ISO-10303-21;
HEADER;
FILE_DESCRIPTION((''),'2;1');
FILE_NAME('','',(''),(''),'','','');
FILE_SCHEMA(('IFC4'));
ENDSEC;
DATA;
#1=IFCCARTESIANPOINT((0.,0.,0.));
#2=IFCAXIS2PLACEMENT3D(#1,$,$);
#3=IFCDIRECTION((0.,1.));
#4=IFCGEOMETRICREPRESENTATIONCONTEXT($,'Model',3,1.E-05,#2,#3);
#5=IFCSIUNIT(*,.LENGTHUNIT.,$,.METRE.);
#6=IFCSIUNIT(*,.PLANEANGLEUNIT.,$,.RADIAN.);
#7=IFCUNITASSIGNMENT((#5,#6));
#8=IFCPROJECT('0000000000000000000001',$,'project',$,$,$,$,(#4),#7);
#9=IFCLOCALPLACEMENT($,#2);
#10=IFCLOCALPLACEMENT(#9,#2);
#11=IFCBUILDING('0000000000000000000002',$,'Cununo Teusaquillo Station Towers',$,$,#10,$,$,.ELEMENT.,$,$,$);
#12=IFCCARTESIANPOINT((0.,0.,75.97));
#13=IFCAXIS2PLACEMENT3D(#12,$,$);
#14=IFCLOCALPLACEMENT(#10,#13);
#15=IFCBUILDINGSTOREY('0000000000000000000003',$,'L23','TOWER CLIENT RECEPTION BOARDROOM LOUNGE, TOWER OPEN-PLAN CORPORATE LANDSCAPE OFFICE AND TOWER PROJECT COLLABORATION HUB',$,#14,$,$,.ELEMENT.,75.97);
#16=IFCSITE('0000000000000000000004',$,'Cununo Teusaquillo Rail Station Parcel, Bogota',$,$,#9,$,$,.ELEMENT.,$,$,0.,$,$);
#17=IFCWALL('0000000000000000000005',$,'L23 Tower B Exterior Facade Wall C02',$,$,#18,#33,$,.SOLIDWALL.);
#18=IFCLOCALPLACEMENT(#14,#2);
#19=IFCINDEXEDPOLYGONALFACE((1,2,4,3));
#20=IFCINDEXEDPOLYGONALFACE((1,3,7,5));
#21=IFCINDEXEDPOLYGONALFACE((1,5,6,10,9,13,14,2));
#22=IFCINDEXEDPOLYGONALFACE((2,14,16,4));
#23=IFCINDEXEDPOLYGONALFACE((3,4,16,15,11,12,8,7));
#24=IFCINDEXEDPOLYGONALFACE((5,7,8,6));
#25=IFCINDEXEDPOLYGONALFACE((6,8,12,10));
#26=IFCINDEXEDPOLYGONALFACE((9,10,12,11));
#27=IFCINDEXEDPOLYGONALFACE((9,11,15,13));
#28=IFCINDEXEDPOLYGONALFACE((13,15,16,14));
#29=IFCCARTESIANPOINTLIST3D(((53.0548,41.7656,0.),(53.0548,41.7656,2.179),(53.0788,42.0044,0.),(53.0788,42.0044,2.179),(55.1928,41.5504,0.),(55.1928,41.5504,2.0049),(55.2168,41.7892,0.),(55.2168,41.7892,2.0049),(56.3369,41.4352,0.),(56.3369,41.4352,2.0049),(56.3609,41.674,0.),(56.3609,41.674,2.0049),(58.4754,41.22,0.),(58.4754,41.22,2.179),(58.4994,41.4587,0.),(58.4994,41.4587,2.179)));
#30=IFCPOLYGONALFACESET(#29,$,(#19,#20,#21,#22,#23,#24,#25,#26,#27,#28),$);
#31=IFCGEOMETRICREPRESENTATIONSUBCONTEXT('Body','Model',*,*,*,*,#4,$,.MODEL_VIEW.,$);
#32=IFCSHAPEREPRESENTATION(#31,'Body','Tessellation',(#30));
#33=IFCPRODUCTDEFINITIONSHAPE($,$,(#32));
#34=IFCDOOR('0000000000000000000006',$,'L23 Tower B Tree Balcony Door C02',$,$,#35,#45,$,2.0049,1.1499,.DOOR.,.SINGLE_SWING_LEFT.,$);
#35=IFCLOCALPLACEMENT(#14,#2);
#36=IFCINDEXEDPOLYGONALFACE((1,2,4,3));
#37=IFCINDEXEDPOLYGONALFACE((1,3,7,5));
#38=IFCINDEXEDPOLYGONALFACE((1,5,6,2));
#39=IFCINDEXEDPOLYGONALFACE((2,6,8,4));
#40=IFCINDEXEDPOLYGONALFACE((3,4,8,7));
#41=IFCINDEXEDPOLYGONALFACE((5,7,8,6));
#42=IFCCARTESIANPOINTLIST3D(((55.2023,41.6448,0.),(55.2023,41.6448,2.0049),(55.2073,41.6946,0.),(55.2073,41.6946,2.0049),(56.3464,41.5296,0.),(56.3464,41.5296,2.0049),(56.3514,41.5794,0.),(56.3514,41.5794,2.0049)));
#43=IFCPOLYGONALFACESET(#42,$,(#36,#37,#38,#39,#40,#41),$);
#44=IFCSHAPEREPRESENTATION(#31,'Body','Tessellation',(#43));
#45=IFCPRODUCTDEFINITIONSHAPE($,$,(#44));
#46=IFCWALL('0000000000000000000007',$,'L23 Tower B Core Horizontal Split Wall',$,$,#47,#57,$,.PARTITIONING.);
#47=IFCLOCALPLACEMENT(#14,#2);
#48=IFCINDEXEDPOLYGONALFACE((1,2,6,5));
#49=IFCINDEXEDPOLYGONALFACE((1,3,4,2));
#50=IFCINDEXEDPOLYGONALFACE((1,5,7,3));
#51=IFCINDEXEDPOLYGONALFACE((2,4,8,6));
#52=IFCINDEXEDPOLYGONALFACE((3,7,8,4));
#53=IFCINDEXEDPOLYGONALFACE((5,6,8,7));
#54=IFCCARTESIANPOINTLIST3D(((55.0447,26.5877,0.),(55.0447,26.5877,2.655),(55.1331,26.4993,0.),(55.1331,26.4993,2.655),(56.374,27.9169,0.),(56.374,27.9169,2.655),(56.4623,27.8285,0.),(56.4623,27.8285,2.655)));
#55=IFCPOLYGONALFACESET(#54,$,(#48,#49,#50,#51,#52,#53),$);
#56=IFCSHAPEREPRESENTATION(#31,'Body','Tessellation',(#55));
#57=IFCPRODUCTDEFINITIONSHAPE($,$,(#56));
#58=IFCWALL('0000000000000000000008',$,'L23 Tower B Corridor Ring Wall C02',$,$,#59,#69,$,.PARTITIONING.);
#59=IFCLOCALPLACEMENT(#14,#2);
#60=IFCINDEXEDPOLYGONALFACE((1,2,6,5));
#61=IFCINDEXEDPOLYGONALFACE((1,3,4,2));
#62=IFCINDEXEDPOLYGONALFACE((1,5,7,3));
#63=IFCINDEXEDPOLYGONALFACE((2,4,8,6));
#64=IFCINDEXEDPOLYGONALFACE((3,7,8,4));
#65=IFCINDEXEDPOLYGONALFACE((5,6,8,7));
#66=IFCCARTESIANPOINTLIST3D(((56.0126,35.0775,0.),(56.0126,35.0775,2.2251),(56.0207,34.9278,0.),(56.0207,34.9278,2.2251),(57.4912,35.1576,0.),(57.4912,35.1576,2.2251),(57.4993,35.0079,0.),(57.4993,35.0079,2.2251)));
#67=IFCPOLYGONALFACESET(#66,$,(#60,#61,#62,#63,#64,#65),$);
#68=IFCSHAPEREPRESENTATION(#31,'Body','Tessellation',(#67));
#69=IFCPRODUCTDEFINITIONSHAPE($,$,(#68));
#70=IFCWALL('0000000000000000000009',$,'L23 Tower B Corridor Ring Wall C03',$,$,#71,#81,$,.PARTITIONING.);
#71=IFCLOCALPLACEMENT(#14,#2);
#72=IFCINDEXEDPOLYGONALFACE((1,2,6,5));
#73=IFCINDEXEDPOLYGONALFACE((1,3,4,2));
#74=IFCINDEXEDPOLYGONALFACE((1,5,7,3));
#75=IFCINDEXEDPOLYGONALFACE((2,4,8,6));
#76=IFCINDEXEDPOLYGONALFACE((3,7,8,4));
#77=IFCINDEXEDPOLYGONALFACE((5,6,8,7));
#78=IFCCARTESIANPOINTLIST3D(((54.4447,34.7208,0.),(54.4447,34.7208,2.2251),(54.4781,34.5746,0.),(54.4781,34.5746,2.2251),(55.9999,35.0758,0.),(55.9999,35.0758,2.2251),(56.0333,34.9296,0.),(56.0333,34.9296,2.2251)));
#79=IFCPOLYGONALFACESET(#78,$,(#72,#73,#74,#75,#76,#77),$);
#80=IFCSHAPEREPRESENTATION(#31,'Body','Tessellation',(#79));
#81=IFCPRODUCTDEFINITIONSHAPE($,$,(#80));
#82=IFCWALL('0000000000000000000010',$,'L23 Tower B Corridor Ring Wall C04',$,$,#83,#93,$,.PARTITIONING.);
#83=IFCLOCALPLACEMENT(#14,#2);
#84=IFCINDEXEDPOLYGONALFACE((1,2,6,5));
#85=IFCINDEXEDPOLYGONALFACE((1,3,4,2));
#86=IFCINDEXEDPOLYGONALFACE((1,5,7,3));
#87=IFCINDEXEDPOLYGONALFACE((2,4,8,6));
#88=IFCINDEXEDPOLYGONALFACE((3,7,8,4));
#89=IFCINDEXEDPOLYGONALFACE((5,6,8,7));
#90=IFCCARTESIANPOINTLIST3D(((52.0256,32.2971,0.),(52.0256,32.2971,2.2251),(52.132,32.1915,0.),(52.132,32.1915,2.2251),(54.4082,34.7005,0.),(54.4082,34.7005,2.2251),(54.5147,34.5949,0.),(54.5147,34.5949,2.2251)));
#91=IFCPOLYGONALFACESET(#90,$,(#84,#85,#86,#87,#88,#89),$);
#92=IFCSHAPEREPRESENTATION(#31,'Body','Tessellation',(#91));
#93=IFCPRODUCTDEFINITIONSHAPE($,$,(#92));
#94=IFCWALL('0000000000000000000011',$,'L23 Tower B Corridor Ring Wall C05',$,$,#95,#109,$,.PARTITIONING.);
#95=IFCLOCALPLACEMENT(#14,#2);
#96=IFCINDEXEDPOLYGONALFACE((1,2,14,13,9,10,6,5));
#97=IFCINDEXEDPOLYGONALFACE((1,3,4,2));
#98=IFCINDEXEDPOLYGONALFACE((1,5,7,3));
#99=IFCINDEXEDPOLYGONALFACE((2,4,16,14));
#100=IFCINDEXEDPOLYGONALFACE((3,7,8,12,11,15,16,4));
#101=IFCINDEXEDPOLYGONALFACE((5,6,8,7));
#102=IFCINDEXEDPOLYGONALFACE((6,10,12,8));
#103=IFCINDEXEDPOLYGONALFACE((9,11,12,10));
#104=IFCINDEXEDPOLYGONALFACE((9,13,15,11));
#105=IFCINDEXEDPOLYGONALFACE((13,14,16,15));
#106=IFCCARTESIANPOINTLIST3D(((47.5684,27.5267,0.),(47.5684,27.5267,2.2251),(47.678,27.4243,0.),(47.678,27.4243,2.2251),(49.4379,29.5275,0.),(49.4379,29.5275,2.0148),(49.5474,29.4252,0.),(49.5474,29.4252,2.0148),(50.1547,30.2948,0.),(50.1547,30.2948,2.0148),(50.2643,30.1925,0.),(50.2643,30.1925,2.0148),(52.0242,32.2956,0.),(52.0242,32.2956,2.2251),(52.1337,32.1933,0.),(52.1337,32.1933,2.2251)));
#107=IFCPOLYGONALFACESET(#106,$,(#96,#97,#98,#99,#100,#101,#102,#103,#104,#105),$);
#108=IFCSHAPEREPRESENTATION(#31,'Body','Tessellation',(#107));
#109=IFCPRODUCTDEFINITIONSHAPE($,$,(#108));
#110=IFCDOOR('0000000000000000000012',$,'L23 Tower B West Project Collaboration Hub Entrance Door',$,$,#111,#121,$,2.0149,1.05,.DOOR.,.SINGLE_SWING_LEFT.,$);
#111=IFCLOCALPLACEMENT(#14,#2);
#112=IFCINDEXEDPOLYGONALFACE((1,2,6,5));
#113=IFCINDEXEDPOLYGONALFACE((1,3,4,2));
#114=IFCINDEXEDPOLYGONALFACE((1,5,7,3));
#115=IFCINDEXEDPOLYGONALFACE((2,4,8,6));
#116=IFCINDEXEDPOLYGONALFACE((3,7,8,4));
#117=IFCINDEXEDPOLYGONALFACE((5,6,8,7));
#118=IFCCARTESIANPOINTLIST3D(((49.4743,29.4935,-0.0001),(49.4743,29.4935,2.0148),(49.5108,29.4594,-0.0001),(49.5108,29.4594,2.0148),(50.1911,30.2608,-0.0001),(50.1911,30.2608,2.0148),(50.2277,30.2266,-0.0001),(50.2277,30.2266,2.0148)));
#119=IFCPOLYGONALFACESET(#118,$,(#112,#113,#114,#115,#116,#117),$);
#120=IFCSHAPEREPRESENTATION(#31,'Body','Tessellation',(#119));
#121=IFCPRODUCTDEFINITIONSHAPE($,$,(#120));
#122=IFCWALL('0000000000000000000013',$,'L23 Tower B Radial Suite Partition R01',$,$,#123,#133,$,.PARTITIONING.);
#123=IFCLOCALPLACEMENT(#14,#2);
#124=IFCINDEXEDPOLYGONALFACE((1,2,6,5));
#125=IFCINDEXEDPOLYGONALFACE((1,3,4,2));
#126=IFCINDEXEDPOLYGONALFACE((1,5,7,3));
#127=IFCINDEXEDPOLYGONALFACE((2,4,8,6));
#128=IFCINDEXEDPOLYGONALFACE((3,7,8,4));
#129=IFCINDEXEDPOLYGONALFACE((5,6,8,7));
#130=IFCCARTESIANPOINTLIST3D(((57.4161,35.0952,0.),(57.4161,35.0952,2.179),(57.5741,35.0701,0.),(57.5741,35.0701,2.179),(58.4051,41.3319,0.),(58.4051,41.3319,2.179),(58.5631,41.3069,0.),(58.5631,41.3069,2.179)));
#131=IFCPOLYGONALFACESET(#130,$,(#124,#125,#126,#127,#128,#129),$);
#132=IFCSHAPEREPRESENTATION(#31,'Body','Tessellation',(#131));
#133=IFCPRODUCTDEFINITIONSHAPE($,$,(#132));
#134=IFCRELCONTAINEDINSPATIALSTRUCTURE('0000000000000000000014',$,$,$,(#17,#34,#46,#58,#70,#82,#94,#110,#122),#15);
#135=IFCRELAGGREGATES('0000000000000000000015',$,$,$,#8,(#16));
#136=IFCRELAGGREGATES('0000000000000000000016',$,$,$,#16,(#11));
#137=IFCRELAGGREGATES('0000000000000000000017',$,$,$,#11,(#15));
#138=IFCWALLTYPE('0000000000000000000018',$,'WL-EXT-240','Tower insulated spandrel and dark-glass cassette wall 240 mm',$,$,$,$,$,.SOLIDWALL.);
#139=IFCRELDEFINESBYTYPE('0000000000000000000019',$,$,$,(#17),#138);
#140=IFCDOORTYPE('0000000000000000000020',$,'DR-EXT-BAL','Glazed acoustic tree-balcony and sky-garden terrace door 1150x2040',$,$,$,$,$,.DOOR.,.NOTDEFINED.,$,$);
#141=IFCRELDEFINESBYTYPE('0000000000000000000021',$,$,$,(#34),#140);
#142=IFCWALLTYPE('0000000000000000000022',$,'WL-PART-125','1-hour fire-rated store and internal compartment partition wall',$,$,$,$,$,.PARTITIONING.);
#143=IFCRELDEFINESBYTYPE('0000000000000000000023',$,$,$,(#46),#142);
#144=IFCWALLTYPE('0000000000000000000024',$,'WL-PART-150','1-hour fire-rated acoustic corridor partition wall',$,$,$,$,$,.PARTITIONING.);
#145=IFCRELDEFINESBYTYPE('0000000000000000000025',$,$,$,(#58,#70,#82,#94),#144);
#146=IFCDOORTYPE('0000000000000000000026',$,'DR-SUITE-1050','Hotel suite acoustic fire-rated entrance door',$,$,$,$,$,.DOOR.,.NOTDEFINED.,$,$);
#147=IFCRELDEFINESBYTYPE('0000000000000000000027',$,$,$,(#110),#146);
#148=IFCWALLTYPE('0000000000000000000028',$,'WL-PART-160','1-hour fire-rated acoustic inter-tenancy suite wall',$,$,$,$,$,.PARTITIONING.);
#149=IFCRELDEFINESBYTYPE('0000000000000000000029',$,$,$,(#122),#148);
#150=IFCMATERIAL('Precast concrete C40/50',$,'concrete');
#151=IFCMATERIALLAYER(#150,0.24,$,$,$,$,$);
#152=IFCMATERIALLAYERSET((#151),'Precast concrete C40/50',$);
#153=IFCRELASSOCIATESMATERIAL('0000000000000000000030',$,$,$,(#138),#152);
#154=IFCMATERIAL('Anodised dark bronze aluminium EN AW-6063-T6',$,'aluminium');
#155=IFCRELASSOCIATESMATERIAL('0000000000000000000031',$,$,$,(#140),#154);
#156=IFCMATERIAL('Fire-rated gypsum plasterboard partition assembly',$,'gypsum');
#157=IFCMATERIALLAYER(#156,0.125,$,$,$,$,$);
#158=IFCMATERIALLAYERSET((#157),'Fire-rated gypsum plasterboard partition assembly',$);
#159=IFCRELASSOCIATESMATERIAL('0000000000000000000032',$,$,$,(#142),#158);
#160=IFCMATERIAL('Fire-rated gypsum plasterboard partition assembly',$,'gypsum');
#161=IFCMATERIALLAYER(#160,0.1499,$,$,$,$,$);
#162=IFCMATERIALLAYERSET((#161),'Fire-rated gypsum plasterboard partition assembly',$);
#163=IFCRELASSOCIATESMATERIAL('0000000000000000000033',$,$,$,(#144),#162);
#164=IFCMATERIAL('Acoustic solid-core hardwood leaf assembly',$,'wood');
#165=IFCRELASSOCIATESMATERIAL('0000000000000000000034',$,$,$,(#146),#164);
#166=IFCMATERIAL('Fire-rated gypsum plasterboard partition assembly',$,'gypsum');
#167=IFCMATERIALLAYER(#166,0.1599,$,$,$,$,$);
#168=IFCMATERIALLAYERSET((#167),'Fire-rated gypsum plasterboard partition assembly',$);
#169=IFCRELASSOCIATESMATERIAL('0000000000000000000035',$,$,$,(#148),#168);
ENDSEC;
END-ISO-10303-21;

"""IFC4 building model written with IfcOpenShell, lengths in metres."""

from ifc_helpers import new_model, si_unit, direction, frame, frame_2d, origin, place, context, subcontext, project, spatial, rectangle, extrude, source, transform, mapped, material, layer, layer_set, type_object, element, fill, save


model = new_model("IFC4")

# Units and contexts
model_context = context("Model", 3, precision=1e-05, world=origin(), true_north=direction((0.0, 1.0)))
body_context = subcontext(model_context, "Body", "Model", "MODEL_VIEW")
ifc_project = project(units=[si_unit("LENGTHUNIT", "METRE"), si_unit("PLANEANGLEUNIT", "RADIAN")], contexts=[model_context])

# Site, building, storey
site_placement = place(None, origin())
site = spatial("IfcSite", under=ifc_project, at=site_placement, Name="Cununo Teusaquillo Rail Station Parcel, Bogota", CompositionType="ELEMENT", RefElevation=0.0)
building_placement = place(site_placement, origin())
building = spatial("IfcBuilding", under=site, at=building_placement, Name="Cununo Teusaquillo Station Towers", CompositionType="ELEMENT")
storey_placement = place(building_placement, frame((0.0, 0.0, 75.97)))
storey = spatial("IfcBuildingStorey", under=building, at=storey_placement, Name="L23", Description="TOWER CLIENT RECEPTION BOARDROOM LOUNGE, TOWER OPEN-PLAN CORPORATE LANDSCAPE OFFICE AND TOWER PROJECT COLLABORATION HUB", CompositionType="ELEMENT", Elevation=75.97)

# Wall, opening, door
ifc_material_1 = material(Name="Precast concrete C40/50", Category="concrete")
ifc_layer_1 = layer(ifc_material_1, 0.24)
ifc_layer_set_1 = layer_set([ifc_layer_1], Name="Precast concrete C40/50")
wall_type_1 = type_object("IfcWallType", Name="WL-EXT-240", Description="Tower insulated spandrel and dark-glass cassette wall 240 mm", PredefinedType="SOLIDWALL", material=ifc_layer_set_1)
wall_1_placement = place(storey_placement, frame((53.0667, 41.885, 0.0), z_axis=(0.0, 0.0, 1.0), x_axis=(0.994972, -0.100156, 0.0)))
wall_1 = element("IfcWall", 1, at=wall_1_placement, inside=storey, type_object=wall_type_1, Name="L23 Tower B Exterior Facade Wall C02", PredefinedType="SOLIDWALL", context=body_context, shape_type="SweptSolid", body=[
    extrude(rectangle(XDim=5.448, YDim=0.24, at=frame_2d((2.7241, 0.0))), origin(), (0.0, 0.0, 1.0), 2.179),
])
shared_shape_1 = source(origin(), body_context, "Body", "SweptSolid", [
    extrude(rectangle(XDim=1.1499, YDim=2.0049, at=frame_2d((0.575, 1.0024))), frame((0.0, 0.1299, 0.0), z_axis=(0.0, -1.0, 0.0), x_axis=(1.0, 0.0, 0.0)), (0.0, 0.0, 1.0), 0.26),
])
opening_1_placement = place(wall_1_placement, frame((2.1489, 0.0, 0.0)))
opening_1 = element("IfcOpeningElement", 2, at=opening_1_placement, cuts=wall_1, PredefinedType="OPENING", context=body_context, shape_type="MappedRepresentation", body=[
    mapped(shared_shape_1, transform((0.0, 0.0, 0.0), x_axis=(1.0, 0.0, 0.0), y_axis=(0.0, 1.0, 0.0), z_axis=(0.0, 0.0, 1.0), scale=1.0)),
])
ifc_material_2 = material(Name="Anodised dark bronze aluminium EN AW-6063-T6", Category="aluminium")
door_type_1 = type_object("IfcDoorType", Name="DR-EXT-BAL", Description="Glazed acoustic tree-balcony and sky-garden terrace door 1150x2040", OperationType="NOTDEFINED", PredefinedType="DOOR", material=ifc_material_2)
shared_shape_2 = source(origin(), body_context, "Body", "SweptSolid", [
    extrude(rectangle(XDim=1.1499, YDim=2.0049, at=frame_2d((0.575, 1.0024))), frame((0.0, 0.0249, 0.0), z_axis=(0.0, -1.0, 0.0), x_axis=(1.0, 0.0, 0.0)), (0.0, 0.0, 1.0), 0.05),
])
door_1_placement = place(opening_1_placement, origin())
door_1 = element("IfcDoor", 3, at=door_1_placement, inside=storey, type_object=door_type_1, Name="L23 Tower B Tree Balcony Door C02", OperationType="SINGLE_SWING_LEFT", OverallHeight=2.0049, OverallWidth=1.1499, PredefinedType="DOOR", context=body_context, shape_type="MappedRepresentation", body=[
    mapped(shared_shape_2, transform((0.0, 0.0, 0.0), x_axis=(1.0, 0.0, 0.0), y_axis=(0.0, 1.0, 0.0), z_axis=(0.0, 0.0, 1.0), scale=1.0)),
])
fill(opening_1, door_1)

# Walls
ifc_material_3 = material(Name="Fire-rated gypsum plasterboard partition assembly", Category="gypsum")
ifc_layer_2 = layer(ifc_material_3, 0.125)
ifc_layer_set_2 = layer_set([ifc_layer_2], Name="Fire-rated gypsum plasterboard partition assembly")
wall_type_2 = type_object("IfcWallType", Name="WL-PART-125", Description="1-hour fire-rated store and internal compartment partition wall", PredefinedType="PARTITIONING", material=ifc_layer_set_2)
wall_2_placement = place(storey_placement, frame((55.0889, 26.5435, 0.0), z_axis=(0.0, 0.0, 1.0), x_axis=(0.707107, 0.707107, 0.0)))
element("IfcWall", 4, at=wall_2_placement, inside=storey, type_object=wall_type_2, Name="L23 Tower B Core Horizontal Split Wall", PredefinedType="PARTITIONING", context=body_context, shape_type="SweptSolid", body=[
    extrude(rectangle(XDim=1.8799, YDim=0.125, at=frame_2d((0.9399, 0.0))), origin(), (0.0, 0.0, 1.0), 2.655),
])
ifc_material_4 = material(Name="Fire-rated gypsum plasterboard partition assembly", Category="gypsum")
ifc_layer_3 = layer(ifc_material_4, 0.1499)
ifc_layer_set_3 = layer_set([ifc_layer_3], Name="Fire-rated gypsum plasterboard partition assembly")
wall_type_3 = type_object("IfcWallType", Name="WL-PART-150", Description="1-hour fire-rated acoustic corridor partition wall", PredefinedType="PARTITIONING", material=ifc_layer_set_3)
wall_3_placement = place(storey_placement, frame((57.4951, 35.0828, 0.0), z_axis=(0.0, 0.0, 1.0), x_axis=(-0.998537, -0.054082, 0.0)))
element("IfcWall", 5, at=wall_3_placement, inside=storey, type_object=wall_type_3, Name="L23 Tower B Corridor Ring Wall C02", PredefinedType="PARTITIONING", context=body_context, shape_type="SweptSolid", body=[
    extrude(rectangle(XDim=1.4807, YDim=0.1499, at=frame_2d((0.7402, 0.0))), origin(), (0.0, 0.0, 1.0), 2.2251),
])
wall_4_placement = place(storey_placement, frame((56.0166, 35.0027, 0.0), z_axis=(0.0, 0.0, 1.0), x_axis=(-0.974925, -0.222534, 0.0)))
element("IfcWall", 6, at=wall_4_placement, inside=storey, type_object=wall_type_3, Name="L23 Tower B Corridor Ring Wall C03", PredefinedType="PARTITIONING", context=body_context, shape_type="SweptSolid", body=[
    extrude(rectangle(XDim=1.5952, YDim=0.1499, at=frame_2d((0.7976, 0.0))), origin(), (0.0, 0.0, 1.0), 2.2251),
])
wall_5_placement = place(storey_placement, frame((54.4614, 34.6477, 0.0), z_axis=(0.0, 0.0, 1.0), x_axis=(-0.704034, -0.710166, 0.0)))
element("IfcWall", 7, at=wall_5_placement, inside=storey, type_object=wall_type_3, Name="L23 Tower B Corridor Ring Wall C04", PredefinedType="PARTITIONING", context=body_context, shape_type="SweptSolid", body=[
    extrude(rectangle(XDim=3.3843, YDim=0.1499, at=frame_2d((1.6921, 0.0))), origin(), (0.0, 0.0, 1.0), 2.2251),
])

# Wall, opening, door
wall_6_placement = place(storey_placement, frame((52.0789, 32.2444, 0.0), z_axis=(0.0, 0.0, 1.0), x_axis=(-0.682703, -0.730696, 0.0)))
wall_6 = element("IfcWall", 8, at=wall_6_placement, inside=storey, type_object=wall_type_3, Name="L23 Tower B Corridor Ring Wall C05", PredefinedType="PARTITIONING", context=body_context, shape_type="SweptSolid", body=[
    extrude(rectangle(XDim=6.5266, YDim=0.1499, at=frame_2d((3.2632, 0.0))), origin(), (0.0, 0.0, 1.0), 2.2251),
])
shared_shape_3 = source(origin(), body_context, "Body", "SweptSolid", [
    extrude(rectangle(XDim=1.05, YDim=2.0149, at=frame_2d((0.5249, 1.0073))), frame((0.0, 0.085, 0.0), z_axis=(0.0, -1.0, 0.0), x_axis=(1.0, 0.0, 0.0)), (0.0, 0.0, 1.0), 0.1699),
])
opening_2_placement = place(wall_6_placement, frame((2.7383, 0.0, 0.0)))
opening_2 = element("IfcOpeningElement", 9, at=opening_2_placement, cuts=wall_6, PredefinedType="OPENING", context=body_context, shape_type="MappedRepresentation", body=[
    mapped(shared_shape_3, transform((0.0, 0.0, 0.0), x_axis=(1.0, 0.0, 0.0), y_axis=(0.0, 1.0, 0.0), z_axis=(0.0, 0.0, 1.0), scale=1.0)),
])
ifc_material_5 = material(Name="Acoustic solid-core hardwood leaf assembly", Category="wood")
door_type_2 = type_object("IfcDoorType", Name="DR-SUITE-1050", Description="Hotel suite acoustic fire-rated entrance door", OperationType="NOTDEFINED", PredefinedType="DOOR", material=ifc_material_5)
shared_shape_4 = source(origin(), body_context, "Body", "SweptSolid", [
    extrude(rectangle(XDim=1.05, YDim=2.0149, at=frame_2d((0.5249, 1.0073))), frame((0.0, 0.0249, 0.0), z_axis=(0.0, -1.0, 0.0), x_axis=(1.0, 0.0, 0.0)), (0.0, 0.0, 1.0), 0.05),
])
door_2_placement = place(opening_2_placement, origin())
door_2 = element("IfcDoor", 10, at=door_2_placement, inside=storey, type_object=door_type_2, Name="L23 Tower B West Project Collaboration Hub Entrance Door", OperationType="SINGLE_SWING_LEFT", OverallHeight=2.0149, OverallWidth=1.05, PredefinedType="DOOR", context=body_context, shape_type="MappedRepresentation", body=[
    mapped(shared_shape_4, transform((0.0, 0.0, 0.0), x_axis=(1.0, 0.0, 0.0), y_axis=(0.0, 1.0, 0.0), z_axis=(0.0, 0.0, 1.0), scale=1.0)),
])
fill(opening_2, door_2)

# Wall
ifc_material_6 = material(Name="Fire-rated gypsum plasterboard partition assembly", Category="gypsum")
ifc_layer_4 = layer(ifc_material_6, 0.1599)
ifc_layer_set_4 = layer_set([ifc_layer_4], Name="Fire-rated gypsum plasterboard partition assembly")
wall_type_4 = type_object("IfcWallType", Name="WL-PART-160", Description="1-hour fire-rated acoustic inter-tenancy suite wall", PredefinedType="PARTITIONING", material=ifc_layer_set_4)
wall_7_placement = place(storey_placement, frame((57.4951, 35.0828, 0.0), z_axis=(0.0, 0.0, 1.0), x_axis=(0.15662, 0.987659, 0.0)))
element("IfcWall", 11, at=wall_7_placement, inside=storey, type_object=wall_type_4, Name="L23 Tower B Radial Suite Partition R01", PredefinedType="PARTITIONING", context=body_context, shape_type="SweptSolid", body=[
    extrude(rectangle(XDim=6.3147, YDim=0.1599, at=frame_2d((3.1572, 0.0))), origin(), (0.0, 0.0, 1.0), 2.179),
])

save(model, "model.ifc")
